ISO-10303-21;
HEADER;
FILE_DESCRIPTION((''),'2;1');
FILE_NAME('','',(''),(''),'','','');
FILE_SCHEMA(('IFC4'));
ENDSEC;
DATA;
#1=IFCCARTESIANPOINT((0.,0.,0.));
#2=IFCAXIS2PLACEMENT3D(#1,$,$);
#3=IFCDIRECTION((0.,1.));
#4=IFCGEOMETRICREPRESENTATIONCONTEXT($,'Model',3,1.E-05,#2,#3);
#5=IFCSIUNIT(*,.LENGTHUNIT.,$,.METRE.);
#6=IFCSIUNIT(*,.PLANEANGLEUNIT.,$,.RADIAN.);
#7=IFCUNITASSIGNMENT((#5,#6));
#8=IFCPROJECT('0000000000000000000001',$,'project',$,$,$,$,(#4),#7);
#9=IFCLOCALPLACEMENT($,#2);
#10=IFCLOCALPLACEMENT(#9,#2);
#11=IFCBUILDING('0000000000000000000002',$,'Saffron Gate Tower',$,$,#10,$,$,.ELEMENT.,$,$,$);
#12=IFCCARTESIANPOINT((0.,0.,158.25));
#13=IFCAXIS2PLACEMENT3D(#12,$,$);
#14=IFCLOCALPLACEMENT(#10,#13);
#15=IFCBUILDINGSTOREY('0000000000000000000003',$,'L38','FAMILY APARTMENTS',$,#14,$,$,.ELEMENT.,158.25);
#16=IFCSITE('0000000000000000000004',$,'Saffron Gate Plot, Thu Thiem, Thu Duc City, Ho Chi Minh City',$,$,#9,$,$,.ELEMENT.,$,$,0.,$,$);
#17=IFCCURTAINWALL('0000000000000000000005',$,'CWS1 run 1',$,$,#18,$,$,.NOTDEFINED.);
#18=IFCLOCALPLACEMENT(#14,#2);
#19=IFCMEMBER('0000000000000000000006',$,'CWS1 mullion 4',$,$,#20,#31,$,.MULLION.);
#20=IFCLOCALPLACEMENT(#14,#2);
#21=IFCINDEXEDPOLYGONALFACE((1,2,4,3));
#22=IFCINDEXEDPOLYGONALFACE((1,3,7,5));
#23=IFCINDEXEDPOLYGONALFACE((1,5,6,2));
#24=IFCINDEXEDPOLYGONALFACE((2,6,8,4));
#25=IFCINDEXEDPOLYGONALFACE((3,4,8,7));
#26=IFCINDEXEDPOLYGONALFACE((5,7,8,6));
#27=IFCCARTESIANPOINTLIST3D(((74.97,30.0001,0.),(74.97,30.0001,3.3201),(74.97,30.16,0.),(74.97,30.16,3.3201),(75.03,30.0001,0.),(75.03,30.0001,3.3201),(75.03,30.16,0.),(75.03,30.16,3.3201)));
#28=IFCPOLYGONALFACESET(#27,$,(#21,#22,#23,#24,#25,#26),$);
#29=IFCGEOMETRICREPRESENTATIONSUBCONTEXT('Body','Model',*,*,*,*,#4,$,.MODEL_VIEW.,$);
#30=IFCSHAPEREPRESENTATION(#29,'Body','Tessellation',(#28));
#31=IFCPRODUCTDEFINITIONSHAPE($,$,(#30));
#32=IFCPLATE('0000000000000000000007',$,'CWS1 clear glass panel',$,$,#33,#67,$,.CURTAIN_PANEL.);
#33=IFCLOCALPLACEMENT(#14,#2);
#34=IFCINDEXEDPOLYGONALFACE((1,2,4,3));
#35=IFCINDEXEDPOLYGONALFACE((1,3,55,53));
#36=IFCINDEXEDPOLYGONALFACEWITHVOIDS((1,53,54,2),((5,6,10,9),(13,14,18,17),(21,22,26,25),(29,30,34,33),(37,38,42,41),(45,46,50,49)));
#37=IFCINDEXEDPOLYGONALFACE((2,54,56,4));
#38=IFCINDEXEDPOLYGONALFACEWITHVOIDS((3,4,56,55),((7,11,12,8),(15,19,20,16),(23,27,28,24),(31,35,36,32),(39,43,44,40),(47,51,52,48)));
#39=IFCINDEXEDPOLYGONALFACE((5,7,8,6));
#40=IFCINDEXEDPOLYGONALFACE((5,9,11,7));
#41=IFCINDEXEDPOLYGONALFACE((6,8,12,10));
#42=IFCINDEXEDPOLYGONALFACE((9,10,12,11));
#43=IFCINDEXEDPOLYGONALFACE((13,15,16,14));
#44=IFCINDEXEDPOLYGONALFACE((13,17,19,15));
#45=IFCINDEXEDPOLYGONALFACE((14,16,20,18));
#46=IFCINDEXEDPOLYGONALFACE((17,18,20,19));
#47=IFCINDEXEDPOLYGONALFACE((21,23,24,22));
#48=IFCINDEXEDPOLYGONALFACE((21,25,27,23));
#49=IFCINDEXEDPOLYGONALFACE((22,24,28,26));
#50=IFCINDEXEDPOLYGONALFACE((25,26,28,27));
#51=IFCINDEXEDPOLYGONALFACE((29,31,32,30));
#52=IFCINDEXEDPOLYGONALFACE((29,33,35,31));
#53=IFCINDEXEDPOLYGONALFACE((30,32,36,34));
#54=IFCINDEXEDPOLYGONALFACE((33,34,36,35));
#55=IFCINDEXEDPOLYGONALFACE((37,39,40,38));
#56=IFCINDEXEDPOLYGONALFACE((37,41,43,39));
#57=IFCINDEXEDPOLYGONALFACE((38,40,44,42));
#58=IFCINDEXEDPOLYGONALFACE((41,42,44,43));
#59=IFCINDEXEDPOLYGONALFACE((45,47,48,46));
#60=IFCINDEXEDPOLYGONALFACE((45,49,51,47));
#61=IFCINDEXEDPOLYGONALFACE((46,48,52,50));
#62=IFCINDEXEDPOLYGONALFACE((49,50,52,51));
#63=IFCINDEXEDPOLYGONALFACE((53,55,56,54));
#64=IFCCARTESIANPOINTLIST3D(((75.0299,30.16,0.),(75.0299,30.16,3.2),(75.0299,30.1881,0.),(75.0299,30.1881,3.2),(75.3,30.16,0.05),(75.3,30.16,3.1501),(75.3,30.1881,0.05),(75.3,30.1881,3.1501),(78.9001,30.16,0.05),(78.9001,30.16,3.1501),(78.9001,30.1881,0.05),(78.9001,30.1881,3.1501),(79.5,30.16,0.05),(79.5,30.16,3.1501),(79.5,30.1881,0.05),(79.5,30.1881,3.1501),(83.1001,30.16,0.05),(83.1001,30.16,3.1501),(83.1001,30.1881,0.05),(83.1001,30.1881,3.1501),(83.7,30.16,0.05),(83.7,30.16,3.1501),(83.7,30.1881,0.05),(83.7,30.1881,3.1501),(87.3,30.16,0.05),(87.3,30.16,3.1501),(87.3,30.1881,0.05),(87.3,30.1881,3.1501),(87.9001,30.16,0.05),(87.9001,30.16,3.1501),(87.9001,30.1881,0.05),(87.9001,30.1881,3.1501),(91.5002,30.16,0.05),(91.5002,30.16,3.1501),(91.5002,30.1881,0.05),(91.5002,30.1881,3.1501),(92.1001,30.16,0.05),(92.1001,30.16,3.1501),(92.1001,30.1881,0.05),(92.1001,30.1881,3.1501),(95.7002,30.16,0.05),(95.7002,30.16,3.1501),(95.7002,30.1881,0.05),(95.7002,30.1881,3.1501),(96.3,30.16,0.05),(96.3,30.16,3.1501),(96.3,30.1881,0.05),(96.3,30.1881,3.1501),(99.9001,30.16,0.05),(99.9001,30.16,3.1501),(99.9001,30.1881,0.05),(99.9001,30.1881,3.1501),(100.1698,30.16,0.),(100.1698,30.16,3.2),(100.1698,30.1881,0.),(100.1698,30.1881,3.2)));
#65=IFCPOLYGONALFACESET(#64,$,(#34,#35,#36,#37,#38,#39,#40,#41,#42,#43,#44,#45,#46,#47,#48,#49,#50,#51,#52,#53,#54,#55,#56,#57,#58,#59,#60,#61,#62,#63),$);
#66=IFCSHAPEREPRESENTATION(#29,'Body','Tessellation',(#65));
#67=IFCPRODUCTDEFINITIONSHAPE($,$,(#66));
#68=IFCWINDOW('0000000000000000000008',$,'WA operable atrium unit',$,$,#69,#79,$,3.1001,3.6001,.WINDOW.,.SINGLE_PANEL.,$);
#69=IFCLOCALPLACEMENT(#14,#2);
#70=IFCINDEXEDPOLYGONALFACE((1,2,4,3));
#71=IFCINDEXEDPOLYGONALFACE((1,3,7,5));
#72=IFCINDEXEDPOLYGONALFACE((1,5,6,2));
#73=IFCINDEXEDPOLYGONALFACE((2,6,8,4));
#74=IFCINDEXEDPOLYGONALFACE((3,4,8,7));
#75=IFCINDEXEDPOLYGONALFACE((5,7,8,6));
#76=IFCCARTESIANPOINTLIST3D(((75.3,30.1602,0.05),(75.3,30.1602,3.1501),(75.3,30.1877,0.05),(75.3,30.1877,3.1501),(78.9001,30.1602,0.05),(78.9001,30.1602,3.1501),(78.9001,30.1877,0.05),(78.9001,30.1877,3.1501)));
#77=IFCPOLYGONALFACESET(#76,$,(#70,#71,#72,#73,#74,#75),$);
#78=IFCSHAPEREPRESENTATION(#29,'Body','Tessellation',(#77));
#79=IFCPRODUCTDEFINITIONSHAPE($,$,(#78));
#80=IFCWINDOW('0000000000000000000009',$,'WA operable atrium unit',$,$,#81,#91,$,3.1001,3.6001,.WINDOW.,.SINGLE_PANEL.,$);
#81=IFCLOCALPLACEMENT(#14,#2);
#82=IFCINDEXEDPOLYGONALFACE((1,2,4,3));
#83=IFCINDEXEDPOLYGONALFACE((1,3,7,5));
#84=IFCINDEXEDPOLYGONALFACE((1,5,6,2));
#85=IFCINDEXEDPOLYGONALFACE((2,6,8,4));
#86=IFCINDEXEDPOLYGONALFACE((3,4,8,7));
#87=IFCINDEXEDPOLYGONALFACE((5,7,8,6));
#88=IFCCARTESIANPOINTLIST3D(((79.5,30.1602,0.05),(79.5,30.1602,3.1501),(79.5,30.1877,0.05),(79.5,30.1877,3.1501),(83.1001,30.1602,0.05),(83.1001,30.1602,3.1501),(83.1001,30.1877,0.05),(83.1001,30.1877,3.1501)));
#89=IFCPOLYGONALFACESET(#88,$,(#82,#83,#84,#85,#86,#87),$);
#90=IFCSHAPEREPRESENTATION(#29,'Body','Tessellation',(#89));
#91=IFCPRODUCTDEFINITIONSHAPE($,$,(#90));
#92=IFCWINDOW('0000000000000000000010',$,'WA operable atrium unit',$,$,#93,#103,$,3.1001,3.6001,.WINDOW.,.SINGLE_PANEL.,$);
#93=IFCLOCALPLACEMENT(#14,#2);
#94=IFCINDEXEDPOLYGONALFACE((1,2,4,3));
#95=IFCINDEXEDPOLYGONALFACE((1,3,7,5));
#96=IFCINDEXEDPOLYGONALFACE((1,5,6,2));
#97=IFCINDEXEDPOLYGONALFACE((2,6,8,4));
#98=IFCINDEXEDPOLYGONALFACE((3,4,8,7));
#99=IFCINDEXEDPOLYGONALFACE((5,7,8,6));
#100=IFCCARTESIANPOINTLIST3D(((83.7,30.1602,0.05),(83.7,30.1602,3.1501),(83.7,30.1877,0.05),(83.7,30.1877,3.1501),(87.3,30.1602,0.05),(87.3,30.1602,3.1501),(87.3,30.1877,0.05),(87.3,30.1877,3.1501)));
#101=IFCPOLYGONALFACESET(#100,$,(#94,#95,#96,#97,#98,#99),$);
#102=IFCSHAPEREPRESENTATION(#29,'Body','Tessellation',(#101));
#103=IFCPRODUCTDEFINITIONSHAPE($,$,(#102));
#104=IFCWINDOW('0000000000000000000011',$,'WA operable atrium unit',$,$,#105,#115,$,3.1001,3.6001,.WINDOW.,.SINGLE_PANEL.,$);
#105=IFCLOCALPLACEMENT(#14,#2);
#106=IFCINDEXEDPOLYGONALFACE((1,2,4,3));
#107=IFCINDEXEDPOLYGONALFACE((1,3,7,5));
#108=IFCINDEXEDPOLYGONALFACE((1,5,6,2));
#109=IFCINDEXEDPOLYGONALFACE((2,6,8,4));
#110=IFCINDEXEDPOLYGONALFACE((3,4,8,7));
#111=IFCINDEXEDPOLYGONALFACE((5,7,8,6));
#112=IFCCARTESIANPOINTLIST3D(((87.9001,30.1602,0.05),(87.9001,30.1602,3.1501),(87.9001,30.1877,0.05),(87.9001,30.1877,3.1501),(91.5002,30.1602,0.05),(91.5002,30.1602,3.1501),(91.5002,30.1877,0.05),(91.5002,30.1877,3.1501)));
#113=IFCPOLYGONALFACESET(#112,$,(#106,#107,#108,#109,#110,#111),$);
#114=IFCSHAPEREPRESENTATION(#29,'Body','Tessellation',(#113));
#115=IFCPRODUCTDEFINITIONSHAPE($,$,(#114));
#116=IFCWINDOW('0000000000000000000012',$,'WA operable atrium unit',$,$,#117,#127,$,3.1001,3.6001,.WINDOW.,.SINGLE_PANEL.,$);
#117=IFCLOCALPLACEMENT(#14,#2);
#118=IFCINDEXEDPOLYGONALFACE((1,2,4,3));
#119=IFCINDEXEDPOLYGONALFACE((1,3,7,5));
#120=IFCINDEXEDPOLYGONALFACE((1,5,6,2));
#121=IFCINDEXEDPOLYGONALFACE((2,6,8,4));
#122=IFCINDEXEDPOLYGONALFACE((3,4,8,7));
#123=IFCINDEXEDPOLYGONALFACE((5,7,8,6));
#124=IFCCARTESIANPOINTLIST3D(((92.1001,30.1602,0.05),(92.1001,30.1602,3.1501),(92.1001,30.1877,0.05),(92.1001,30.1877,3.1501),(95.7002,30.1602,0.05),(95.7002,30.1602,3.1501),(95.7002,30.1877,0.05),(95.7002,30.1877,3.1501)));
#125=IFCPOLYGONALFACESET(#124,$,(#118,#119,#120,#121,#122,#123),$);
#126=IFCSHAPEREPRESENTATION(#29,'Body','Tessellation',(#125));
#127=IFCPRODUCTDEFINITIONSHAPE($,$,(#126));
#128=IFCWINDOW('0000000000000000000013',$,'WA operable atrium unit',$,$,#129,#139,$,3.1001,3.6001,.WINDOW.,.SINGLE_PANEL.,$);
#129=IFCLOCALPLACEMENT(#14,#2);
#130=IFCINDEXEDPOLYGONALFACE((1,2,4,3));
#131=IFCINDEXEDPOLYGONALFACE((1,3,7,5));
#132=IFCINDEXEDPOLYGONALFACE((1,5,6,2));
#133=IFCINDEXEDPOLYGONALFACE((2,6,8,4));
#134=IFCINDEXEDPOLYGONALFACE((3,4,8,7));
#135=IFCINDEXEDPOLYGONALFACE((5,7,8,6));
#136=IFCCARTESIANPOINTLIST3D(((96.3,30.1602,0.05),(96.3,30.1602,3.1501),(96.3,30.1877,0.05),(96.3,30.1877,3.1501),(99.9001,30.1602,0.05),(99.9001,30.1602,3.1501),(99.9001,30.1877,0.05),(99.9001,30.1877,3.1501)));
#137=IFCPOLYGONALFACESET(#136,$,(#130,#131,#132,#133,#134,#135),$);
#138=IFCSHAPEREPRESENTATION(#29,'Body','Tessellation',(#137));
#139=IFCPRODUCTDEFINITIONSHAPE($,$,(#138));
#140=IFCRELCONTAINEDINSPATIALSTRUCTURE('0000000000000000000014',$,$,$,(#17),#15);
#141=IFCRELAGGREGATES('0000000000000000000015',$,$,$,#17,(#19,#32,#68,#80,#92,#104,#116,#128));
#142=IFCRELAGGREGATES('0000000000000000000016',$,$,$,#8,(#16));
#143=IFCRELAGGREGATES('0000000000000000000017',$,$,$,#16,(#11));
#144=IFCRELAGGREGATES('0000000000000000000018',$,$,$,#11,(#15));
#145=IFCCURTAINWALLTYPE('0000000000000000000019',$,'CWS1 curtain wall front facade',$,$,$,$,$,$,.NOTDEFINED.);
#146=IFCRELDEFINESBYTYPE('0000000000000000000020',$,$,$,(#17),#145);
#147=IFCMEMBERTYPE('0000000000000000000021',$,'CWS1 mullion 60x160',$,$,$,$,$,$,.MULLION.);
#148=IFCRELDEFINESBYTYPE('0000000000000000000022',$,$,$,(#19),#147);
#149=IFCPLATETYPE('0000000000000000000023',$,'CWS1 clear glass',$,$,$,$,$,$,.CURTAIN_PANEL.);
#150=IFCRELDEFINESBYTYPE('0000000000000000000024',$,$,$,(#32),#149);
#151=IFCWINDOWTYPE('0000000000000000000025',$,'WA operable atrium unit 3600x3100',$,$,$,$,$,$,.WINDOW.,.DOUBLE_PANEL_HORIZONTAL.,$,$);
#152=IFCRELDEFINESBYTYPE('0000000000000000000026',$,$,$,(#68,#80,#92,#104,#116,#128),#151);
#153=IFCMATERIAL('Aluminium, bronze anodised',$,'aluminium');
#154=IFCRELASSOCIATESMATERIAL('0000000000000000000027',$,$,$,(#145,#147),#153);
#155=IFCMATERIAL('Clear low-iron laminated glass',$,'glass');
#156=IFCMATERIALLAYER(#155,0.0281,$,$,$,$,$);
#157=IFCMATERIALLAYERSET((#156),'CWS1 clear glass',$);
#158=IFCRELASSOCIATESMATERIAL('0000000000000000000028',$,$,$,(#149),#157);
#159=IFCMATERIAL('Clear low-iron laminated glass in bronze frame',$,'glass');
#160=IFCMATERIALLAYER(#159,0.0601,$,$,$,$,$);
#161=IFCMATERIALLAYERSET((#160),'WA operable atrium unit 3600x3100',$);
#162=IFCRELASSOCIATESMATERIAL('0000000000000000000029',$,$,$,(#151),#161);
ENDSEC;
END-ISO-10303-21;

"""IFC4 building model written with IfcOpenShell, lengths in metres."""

from ifc_helpers import new_model, si_unit, direction, frame, frame_2d, origin, origin_2d, place, context, subcontext, project, spatial, rectangle, extrude, material, layer, layer_set, material_profile, profile_set, type_object, element, fill, aggregate, save


model = new_model("IFC4")

# Units and contexts
model_context = context("Model", 3, precision=1e-05, world=origin(), true_north=direction((0.0, 1.0)))
body_context = subcontext(model_context, "Body", "Model", "MODEL_VIEW")
ifc_project = project(units=[si_unit("LENGTHUNIT", "METRE"), si_unit("PLANEANGLEUNIT", "RADIAN")], contexts=[model_context])

# Site, building, storey
site_placement = place(None, origin())
site = spatial("IfcSite", under=ifc_project, at=site_placement, Name="Saffron Gate Plot, Thu Thiem, Thu Duc City, Ho Chi Minh City", CompositionType="ELEMENT", RefElevation=0.0)
building_placement = place(site_placement, origin())
building = spatial("IfcBuilding", under=site, at=building_placement, Name="Saffron Gate Tower", CompositionType="ELEMENT")
storey_placement = place(building_placement, frame((0.0, 0.0, 158.25)))
storey = spatial("IfcBuildingStorey", under=building, at=storey_placement, Name="L38", Description="FAMILY APARTMENTS", CompositionType="ELEMENT", Elevation=158.25)

# Curtain wall, member, plate, openings, windows
ifc_material_1 = material(Name="Aluminium, bronze anodised", Category="aluminium")
curtain_wall_type = type_object("IfcCurtainWallType", Name="CWS1 curtain wall front facade", PredefinedType="NOTDEFINED", material=ifc_material_1)
curtain_wall_placement = place(storey_placement, origin())
curtain_wall = element("IfcCurtainWall", 1, at=curtain_wall_placement, inside=storey, type_object=curtain_wall_type, Name="CWS1 run 1", PredefinedType="NOTDEFINED")
ifc_material_profile_1 = material_profile(ifc_material_1, rectangle(XDim=0.1599, YDim=0.0601, at=origin_2d()))
ifc_profile_set_1 = profile_set([ifc_material_profile_1], Name="Aluminium, bronze anodised")
member_type = type_object("IfcMemberType", Name="CWS1 mullion 60x160", PredefinedType="MULLION", material=ifc_profile_set_1)
member_placement = place(storey_placement, frame((75.0, 30.0801, 0.0), z_axis=(0.0, 0.0, 1.0), x_axis=(0.0, 1.0, 0.0)))
member = element("IfcMember", 2, at=member_placement, type_object=member_type, Name="CWS1 mullion 4", PredefinedType="MULLION", context=body_context, shape_type="SweptSolid", body=[
    extrude(rectangle(XDim=0.1599, YDim=0.0601, at=origin_2d()), origin(), (0.0, 0.0, 1.0), 3.3201),
])
ifc_material_2 = material(Name="Clear low-iron laminated glass", Category="glass")
ifc_layer_1 = layer(ifc_material_2, 0.0281)
ifc_layer_set_1 = layer_set([ifc_layer_1], Name="CWS1 clear glass")
plate_type = type_object("IfcPlateType", Name="CWS1 clear glass", PredefinedType="CURTAIN_PANEL", material=ifc_layer_set_1)
plate_placement = place(storey_placement, frame((75.03, 30.1741, 0.0), z_axis=(0.0, 0.0, 1.0), x_axis=(1.0, 0.0, 0.0)))
plate = element("IfcPlate", 3, at=plate_placement, type_object=plate_type, Name="CWS1 clear glass panel", PredefinedType="CURTAIN_PANEL", context=body_context, shape_type="SweptSolid", body=[
    extrude(rectangle(XDim=25.1399, YDim=0.0281, at=frame_2d((12.5698, 0.0))), origin(), (0.0, 0.0, 1.0), 3.2),
])
opening_1_placement = place(plate_placement, frame((0.27, 0.0, 0.05)))
opening_1 = element("IfcOpeningElement", 4, at=opening_1_placement, cuts=plate, PredefinedType="OPENING", context=body_context, shape_type="SweptSolid", body=[
    extrude(rectangle(XDim=3.6001, YDim=3.1001, at=frame_2d((1.8, 1.55))), frame((0.0, 0.0239, 0.0), z_axis=(0.0, -1.0, 0.0), x_axis=(1.0, 0.0, 0.0)), (0.0, 0.0, 1.0), 0.0481),
])
opening_2_placement = place(plate_placement, frame((4.47, 0.0, 0.05)))
opening_2 = element("IfcOpeningElement", 5, at=opening_2_placement, cuts=plate, PredefinedType="OPENING", context=body_context, shape_type="SweptSolid", body=[
    extrude(rectangle(XDim=3.6001, YDim=3.1001, at=frame_2d((1.8, 1.55))), frame((0.0, 0.0239, 0.0), z_axis=(0.0, -1.0, 0.0), x_axis=(1.0, 0.0, 0.0)), (0.0, 0.0, 1.0), 0.0481),
])
opening_3_placement = place(plate_placement, frame((8.6699, 0.0, 0.05)))
opening_3 = element("IfcOpeningElement", 6, at=opening_3_placement, cuts=plate, PredefinedType="OPENING", context=body_context, shape_type="SweptSolid", body=[
    extrude(rectangle(XDim=3.6001, YDim=3.1001, at=frame_2d((1.8, 1.55))), frame((0.0, 0.0239, 0.0), z_axis=(0.0, -1.0, 0.0), x_axis=(1.0, 0.0, 0.0)), (0.0, 0.0, 1.0), 0.0481),
])
opening_4_placement = place(plate_placement, frame((12.8701, 0.0, 0.05)))
opening_4 = element("IfcOpeningElement", 7, at=opening_4_placement, cuts=plate, PredefinedType="OPENING", context=body_context, shape_type="SweptSolid", body=[
    extrude(rectangle(XDim=3.6001, YDim=3.1001, at=frame_2d((1.8, 1.55))), frame((0.0, 0.0239, 0.0), z_axis=(0.0, -1.0, 0.0), x_axis=(1.0, 0.0, 0.0)), (0.0, 0.0, 1.0), 0.0481),
])
opening_5_placement = place(plate_placement, frame((17.0701, 0.0, 0.05)))
opening_5 = element("IfcOpeningElement", 8, at=opening_5_placement, cuts=plate, PredefinedType="OPENING", context=body_context, shape_type="SweptSolid", body=[
    extrude(rectangle(XDim=3.6001, YDim=3.1001, at=frame_2d((1.8, 1.55))), frame((0.0, 0.0239, 0.0), z_axis=(0.0, -1.0, 0.0), x_axis=(1.0, 0.0, 0.0)), (0.0, 0.0, 1.0), 0.0481),
])
opening_6_placement = place(plate_placement, frame((21.27, 0.0, 0.05)))
opening_6 = element("IfcOpeningElement", 9, at=opening_6_placement, cuts=plate, PredefinedType="OPENING", context=body_context, shape_type="SweptSolid", body=[
    extrude(rectangle(XDim=3.6001, YDim=3.1001, at=frame_2d((1.8, 1.55))), frame((0.0, 0.0239, 0.0), z_axis=(0.0, -1.0, 0.0), x_axis=(1.0, 0.0, 0.0)), (0.0, 0.0, 1.0), 0.0481),
])
ifc_material_3 = material(Name="Clear low-iron laminated glass in bronze frame", Category="glass")
ifc_layer_2 = layer(ifc_material_3, 0.0601)
ifc_layer_set_2 = layer_set([ifc_layer_2], Name="WA operable atrium unit 3600x3100")
window_type = type_object("IfcWindowType", Name="WA operable atrium unit 3600x3100", PartitioningType="DOUBLE_PANEL_HORIZONTAL", PredefinedType="WINDOW", material=ifc_layer_set_2)
window_1_placement = place(opening_1_placement, origin())
window_1 = element("IfcWindow", 10, at=window_1_placement, type_object=window_type, Name="WA operable atrium unit", OverallHeight=3.1001, OverallWidth=3.6001, PartitioningType="SINGLE_PANEL", PredefinedType="WINDOW", context=body_context, shape_type="SweptSolid", body=[
    extrude(rectangle(XDim=3.6001, YDim=3.1001, at=frame_2d((1.8, 1.55))), frame((0.0, 0.0137, 0.0), z_axis=(0.0, -1.0, 0.0), x_axis=(1.0, 0.0, 0.0)), (0.0, 0.0, 1.0), 0.0276),
])
fill(opening_1, window_1)
window_2_placement = place(opening_2_placement, origin())
window_2 = element("IfcWindow", 11, at=window_2_placement, type_object=window_type, Name="WA operable atrium unit", OverallHeight=3.1001, OverallWidth=3.6001, PartitioningType="SINGLE_PANEL", PredefinedType="WINDOW", context=body_context, shape_type="SweptSolid", body=[
    extrude(rectangle(XDim=3.6001, YDim=3.1001, at=frame_2d((1.8, 1.55))), frame((0.0, 0.0137, 0.0), z_axis=(0.0, -1.0, 0.0), x_axis=(1.0, 0.0, 0.0)), (0.0, 0.0, 1.0), 0.0276),
])
fill(opening_2, window_2)
window_3_placement = place(opening_3_placement, origin())
window_3 = element("IfcWindow", 12, at=window_3_placement, type_object=window_type, Name="WA operable atrium unit", OverallHeight=3.1001, OverallWidth=3.6001, PartitioningType="SINGLE_PANEL", PredefinedType="WINDOW", context=body_context, shape_type="SweptSolid", body=[
    extrude(rectangle(XDim=3.6001, YDim=3.1001, at=frame_2d((1.8, 1.55))), frame((0.0, 0.0137, 0.0), z_axis=(0.0, -1.0, 0.0), x_axis=(1.0, 0.0, 0.0)), (0.0, 0.0, 1.0), 0.0276),
])
fill(opening_3, window_3)
window_4_placement = place(opening_4_placement, origin())
window_4 = element("IfcWindow", 13, at=window_4_placement, type_object=window_type, Name="WA operable atrium unit", OverallHeight=3.1001, OverallWidth=3.6001, PartitioningType="SINGLE_PANEL", PredefinedType="WINDOW", context=body_context, shape_type="SweptSolid", body=[
    extrude(rectangle(XDim=3.6001, YDim=3.1001, at=frame_2d((1.8, 1.55))), frame((0.0, 0.0137, 0.0), z_axis=(0.0, -1.0, 0.0), x_axis=(1.0, 0.0, 0.0)), (0.0, 0.0, 1.0), 0.0276),
])
fill(opening_4, window_4)
window_5_placement = place(opening_5_placement, origin())
window_5 = element("IfcWindow", 14, at=window_5_placement, type_object=window_type, Name="WA operable atrium unit", OverallHeight=3.1001, OverallWidth=3.6001, PartitioningType="SINGLE_PANEL", PredefinedType="WINDOW", context=body_context, shape_type="SweptSolid", body=[
    extrude(rectangle(XDim=3.6001, YDim=3.1001, at=frame_2d((1.8, 1.55))), frame((0.0, 0.0137, 0.0), z_axis=(0.0, -1.0, 0.0), x_axis=(1.0, 0.0, 0.0)), (0.0, 0.0, 1.0), 0.0276),
])
fill(opening_5, window_5)
window_6_placement = place(opening_6_placement, origin())
window_6 = element("IfcWindow", 15, at=window_6_placement, type_object=window_type, Name="WA operable atrium unit", OverallHeight=3.1001, OverallWidth=3.6001, PartitioningType="SINGLE_PANEL", PredefinedType="WINDOW", context=body_context, shape_type="SweptSolid", body=[
    extrude(rectangle(XDim=3.6001, YDim=3.1001, at=frame_2d((1.8, 1.55))), frame((0.0, 0.0137, 0.0), z_axis=(0.0, -1.0, 0.0), x_axis=(1.0, 0.0, 0.0)), (0.0, 0.0, 1.0), 0.0276),
])
fill(opening_6, window_6)
aggregate(curtain_wall, [member, plate, window_1, window_2, window_3, window_4, window_5, window_6])

save(model, "model.ifc")
